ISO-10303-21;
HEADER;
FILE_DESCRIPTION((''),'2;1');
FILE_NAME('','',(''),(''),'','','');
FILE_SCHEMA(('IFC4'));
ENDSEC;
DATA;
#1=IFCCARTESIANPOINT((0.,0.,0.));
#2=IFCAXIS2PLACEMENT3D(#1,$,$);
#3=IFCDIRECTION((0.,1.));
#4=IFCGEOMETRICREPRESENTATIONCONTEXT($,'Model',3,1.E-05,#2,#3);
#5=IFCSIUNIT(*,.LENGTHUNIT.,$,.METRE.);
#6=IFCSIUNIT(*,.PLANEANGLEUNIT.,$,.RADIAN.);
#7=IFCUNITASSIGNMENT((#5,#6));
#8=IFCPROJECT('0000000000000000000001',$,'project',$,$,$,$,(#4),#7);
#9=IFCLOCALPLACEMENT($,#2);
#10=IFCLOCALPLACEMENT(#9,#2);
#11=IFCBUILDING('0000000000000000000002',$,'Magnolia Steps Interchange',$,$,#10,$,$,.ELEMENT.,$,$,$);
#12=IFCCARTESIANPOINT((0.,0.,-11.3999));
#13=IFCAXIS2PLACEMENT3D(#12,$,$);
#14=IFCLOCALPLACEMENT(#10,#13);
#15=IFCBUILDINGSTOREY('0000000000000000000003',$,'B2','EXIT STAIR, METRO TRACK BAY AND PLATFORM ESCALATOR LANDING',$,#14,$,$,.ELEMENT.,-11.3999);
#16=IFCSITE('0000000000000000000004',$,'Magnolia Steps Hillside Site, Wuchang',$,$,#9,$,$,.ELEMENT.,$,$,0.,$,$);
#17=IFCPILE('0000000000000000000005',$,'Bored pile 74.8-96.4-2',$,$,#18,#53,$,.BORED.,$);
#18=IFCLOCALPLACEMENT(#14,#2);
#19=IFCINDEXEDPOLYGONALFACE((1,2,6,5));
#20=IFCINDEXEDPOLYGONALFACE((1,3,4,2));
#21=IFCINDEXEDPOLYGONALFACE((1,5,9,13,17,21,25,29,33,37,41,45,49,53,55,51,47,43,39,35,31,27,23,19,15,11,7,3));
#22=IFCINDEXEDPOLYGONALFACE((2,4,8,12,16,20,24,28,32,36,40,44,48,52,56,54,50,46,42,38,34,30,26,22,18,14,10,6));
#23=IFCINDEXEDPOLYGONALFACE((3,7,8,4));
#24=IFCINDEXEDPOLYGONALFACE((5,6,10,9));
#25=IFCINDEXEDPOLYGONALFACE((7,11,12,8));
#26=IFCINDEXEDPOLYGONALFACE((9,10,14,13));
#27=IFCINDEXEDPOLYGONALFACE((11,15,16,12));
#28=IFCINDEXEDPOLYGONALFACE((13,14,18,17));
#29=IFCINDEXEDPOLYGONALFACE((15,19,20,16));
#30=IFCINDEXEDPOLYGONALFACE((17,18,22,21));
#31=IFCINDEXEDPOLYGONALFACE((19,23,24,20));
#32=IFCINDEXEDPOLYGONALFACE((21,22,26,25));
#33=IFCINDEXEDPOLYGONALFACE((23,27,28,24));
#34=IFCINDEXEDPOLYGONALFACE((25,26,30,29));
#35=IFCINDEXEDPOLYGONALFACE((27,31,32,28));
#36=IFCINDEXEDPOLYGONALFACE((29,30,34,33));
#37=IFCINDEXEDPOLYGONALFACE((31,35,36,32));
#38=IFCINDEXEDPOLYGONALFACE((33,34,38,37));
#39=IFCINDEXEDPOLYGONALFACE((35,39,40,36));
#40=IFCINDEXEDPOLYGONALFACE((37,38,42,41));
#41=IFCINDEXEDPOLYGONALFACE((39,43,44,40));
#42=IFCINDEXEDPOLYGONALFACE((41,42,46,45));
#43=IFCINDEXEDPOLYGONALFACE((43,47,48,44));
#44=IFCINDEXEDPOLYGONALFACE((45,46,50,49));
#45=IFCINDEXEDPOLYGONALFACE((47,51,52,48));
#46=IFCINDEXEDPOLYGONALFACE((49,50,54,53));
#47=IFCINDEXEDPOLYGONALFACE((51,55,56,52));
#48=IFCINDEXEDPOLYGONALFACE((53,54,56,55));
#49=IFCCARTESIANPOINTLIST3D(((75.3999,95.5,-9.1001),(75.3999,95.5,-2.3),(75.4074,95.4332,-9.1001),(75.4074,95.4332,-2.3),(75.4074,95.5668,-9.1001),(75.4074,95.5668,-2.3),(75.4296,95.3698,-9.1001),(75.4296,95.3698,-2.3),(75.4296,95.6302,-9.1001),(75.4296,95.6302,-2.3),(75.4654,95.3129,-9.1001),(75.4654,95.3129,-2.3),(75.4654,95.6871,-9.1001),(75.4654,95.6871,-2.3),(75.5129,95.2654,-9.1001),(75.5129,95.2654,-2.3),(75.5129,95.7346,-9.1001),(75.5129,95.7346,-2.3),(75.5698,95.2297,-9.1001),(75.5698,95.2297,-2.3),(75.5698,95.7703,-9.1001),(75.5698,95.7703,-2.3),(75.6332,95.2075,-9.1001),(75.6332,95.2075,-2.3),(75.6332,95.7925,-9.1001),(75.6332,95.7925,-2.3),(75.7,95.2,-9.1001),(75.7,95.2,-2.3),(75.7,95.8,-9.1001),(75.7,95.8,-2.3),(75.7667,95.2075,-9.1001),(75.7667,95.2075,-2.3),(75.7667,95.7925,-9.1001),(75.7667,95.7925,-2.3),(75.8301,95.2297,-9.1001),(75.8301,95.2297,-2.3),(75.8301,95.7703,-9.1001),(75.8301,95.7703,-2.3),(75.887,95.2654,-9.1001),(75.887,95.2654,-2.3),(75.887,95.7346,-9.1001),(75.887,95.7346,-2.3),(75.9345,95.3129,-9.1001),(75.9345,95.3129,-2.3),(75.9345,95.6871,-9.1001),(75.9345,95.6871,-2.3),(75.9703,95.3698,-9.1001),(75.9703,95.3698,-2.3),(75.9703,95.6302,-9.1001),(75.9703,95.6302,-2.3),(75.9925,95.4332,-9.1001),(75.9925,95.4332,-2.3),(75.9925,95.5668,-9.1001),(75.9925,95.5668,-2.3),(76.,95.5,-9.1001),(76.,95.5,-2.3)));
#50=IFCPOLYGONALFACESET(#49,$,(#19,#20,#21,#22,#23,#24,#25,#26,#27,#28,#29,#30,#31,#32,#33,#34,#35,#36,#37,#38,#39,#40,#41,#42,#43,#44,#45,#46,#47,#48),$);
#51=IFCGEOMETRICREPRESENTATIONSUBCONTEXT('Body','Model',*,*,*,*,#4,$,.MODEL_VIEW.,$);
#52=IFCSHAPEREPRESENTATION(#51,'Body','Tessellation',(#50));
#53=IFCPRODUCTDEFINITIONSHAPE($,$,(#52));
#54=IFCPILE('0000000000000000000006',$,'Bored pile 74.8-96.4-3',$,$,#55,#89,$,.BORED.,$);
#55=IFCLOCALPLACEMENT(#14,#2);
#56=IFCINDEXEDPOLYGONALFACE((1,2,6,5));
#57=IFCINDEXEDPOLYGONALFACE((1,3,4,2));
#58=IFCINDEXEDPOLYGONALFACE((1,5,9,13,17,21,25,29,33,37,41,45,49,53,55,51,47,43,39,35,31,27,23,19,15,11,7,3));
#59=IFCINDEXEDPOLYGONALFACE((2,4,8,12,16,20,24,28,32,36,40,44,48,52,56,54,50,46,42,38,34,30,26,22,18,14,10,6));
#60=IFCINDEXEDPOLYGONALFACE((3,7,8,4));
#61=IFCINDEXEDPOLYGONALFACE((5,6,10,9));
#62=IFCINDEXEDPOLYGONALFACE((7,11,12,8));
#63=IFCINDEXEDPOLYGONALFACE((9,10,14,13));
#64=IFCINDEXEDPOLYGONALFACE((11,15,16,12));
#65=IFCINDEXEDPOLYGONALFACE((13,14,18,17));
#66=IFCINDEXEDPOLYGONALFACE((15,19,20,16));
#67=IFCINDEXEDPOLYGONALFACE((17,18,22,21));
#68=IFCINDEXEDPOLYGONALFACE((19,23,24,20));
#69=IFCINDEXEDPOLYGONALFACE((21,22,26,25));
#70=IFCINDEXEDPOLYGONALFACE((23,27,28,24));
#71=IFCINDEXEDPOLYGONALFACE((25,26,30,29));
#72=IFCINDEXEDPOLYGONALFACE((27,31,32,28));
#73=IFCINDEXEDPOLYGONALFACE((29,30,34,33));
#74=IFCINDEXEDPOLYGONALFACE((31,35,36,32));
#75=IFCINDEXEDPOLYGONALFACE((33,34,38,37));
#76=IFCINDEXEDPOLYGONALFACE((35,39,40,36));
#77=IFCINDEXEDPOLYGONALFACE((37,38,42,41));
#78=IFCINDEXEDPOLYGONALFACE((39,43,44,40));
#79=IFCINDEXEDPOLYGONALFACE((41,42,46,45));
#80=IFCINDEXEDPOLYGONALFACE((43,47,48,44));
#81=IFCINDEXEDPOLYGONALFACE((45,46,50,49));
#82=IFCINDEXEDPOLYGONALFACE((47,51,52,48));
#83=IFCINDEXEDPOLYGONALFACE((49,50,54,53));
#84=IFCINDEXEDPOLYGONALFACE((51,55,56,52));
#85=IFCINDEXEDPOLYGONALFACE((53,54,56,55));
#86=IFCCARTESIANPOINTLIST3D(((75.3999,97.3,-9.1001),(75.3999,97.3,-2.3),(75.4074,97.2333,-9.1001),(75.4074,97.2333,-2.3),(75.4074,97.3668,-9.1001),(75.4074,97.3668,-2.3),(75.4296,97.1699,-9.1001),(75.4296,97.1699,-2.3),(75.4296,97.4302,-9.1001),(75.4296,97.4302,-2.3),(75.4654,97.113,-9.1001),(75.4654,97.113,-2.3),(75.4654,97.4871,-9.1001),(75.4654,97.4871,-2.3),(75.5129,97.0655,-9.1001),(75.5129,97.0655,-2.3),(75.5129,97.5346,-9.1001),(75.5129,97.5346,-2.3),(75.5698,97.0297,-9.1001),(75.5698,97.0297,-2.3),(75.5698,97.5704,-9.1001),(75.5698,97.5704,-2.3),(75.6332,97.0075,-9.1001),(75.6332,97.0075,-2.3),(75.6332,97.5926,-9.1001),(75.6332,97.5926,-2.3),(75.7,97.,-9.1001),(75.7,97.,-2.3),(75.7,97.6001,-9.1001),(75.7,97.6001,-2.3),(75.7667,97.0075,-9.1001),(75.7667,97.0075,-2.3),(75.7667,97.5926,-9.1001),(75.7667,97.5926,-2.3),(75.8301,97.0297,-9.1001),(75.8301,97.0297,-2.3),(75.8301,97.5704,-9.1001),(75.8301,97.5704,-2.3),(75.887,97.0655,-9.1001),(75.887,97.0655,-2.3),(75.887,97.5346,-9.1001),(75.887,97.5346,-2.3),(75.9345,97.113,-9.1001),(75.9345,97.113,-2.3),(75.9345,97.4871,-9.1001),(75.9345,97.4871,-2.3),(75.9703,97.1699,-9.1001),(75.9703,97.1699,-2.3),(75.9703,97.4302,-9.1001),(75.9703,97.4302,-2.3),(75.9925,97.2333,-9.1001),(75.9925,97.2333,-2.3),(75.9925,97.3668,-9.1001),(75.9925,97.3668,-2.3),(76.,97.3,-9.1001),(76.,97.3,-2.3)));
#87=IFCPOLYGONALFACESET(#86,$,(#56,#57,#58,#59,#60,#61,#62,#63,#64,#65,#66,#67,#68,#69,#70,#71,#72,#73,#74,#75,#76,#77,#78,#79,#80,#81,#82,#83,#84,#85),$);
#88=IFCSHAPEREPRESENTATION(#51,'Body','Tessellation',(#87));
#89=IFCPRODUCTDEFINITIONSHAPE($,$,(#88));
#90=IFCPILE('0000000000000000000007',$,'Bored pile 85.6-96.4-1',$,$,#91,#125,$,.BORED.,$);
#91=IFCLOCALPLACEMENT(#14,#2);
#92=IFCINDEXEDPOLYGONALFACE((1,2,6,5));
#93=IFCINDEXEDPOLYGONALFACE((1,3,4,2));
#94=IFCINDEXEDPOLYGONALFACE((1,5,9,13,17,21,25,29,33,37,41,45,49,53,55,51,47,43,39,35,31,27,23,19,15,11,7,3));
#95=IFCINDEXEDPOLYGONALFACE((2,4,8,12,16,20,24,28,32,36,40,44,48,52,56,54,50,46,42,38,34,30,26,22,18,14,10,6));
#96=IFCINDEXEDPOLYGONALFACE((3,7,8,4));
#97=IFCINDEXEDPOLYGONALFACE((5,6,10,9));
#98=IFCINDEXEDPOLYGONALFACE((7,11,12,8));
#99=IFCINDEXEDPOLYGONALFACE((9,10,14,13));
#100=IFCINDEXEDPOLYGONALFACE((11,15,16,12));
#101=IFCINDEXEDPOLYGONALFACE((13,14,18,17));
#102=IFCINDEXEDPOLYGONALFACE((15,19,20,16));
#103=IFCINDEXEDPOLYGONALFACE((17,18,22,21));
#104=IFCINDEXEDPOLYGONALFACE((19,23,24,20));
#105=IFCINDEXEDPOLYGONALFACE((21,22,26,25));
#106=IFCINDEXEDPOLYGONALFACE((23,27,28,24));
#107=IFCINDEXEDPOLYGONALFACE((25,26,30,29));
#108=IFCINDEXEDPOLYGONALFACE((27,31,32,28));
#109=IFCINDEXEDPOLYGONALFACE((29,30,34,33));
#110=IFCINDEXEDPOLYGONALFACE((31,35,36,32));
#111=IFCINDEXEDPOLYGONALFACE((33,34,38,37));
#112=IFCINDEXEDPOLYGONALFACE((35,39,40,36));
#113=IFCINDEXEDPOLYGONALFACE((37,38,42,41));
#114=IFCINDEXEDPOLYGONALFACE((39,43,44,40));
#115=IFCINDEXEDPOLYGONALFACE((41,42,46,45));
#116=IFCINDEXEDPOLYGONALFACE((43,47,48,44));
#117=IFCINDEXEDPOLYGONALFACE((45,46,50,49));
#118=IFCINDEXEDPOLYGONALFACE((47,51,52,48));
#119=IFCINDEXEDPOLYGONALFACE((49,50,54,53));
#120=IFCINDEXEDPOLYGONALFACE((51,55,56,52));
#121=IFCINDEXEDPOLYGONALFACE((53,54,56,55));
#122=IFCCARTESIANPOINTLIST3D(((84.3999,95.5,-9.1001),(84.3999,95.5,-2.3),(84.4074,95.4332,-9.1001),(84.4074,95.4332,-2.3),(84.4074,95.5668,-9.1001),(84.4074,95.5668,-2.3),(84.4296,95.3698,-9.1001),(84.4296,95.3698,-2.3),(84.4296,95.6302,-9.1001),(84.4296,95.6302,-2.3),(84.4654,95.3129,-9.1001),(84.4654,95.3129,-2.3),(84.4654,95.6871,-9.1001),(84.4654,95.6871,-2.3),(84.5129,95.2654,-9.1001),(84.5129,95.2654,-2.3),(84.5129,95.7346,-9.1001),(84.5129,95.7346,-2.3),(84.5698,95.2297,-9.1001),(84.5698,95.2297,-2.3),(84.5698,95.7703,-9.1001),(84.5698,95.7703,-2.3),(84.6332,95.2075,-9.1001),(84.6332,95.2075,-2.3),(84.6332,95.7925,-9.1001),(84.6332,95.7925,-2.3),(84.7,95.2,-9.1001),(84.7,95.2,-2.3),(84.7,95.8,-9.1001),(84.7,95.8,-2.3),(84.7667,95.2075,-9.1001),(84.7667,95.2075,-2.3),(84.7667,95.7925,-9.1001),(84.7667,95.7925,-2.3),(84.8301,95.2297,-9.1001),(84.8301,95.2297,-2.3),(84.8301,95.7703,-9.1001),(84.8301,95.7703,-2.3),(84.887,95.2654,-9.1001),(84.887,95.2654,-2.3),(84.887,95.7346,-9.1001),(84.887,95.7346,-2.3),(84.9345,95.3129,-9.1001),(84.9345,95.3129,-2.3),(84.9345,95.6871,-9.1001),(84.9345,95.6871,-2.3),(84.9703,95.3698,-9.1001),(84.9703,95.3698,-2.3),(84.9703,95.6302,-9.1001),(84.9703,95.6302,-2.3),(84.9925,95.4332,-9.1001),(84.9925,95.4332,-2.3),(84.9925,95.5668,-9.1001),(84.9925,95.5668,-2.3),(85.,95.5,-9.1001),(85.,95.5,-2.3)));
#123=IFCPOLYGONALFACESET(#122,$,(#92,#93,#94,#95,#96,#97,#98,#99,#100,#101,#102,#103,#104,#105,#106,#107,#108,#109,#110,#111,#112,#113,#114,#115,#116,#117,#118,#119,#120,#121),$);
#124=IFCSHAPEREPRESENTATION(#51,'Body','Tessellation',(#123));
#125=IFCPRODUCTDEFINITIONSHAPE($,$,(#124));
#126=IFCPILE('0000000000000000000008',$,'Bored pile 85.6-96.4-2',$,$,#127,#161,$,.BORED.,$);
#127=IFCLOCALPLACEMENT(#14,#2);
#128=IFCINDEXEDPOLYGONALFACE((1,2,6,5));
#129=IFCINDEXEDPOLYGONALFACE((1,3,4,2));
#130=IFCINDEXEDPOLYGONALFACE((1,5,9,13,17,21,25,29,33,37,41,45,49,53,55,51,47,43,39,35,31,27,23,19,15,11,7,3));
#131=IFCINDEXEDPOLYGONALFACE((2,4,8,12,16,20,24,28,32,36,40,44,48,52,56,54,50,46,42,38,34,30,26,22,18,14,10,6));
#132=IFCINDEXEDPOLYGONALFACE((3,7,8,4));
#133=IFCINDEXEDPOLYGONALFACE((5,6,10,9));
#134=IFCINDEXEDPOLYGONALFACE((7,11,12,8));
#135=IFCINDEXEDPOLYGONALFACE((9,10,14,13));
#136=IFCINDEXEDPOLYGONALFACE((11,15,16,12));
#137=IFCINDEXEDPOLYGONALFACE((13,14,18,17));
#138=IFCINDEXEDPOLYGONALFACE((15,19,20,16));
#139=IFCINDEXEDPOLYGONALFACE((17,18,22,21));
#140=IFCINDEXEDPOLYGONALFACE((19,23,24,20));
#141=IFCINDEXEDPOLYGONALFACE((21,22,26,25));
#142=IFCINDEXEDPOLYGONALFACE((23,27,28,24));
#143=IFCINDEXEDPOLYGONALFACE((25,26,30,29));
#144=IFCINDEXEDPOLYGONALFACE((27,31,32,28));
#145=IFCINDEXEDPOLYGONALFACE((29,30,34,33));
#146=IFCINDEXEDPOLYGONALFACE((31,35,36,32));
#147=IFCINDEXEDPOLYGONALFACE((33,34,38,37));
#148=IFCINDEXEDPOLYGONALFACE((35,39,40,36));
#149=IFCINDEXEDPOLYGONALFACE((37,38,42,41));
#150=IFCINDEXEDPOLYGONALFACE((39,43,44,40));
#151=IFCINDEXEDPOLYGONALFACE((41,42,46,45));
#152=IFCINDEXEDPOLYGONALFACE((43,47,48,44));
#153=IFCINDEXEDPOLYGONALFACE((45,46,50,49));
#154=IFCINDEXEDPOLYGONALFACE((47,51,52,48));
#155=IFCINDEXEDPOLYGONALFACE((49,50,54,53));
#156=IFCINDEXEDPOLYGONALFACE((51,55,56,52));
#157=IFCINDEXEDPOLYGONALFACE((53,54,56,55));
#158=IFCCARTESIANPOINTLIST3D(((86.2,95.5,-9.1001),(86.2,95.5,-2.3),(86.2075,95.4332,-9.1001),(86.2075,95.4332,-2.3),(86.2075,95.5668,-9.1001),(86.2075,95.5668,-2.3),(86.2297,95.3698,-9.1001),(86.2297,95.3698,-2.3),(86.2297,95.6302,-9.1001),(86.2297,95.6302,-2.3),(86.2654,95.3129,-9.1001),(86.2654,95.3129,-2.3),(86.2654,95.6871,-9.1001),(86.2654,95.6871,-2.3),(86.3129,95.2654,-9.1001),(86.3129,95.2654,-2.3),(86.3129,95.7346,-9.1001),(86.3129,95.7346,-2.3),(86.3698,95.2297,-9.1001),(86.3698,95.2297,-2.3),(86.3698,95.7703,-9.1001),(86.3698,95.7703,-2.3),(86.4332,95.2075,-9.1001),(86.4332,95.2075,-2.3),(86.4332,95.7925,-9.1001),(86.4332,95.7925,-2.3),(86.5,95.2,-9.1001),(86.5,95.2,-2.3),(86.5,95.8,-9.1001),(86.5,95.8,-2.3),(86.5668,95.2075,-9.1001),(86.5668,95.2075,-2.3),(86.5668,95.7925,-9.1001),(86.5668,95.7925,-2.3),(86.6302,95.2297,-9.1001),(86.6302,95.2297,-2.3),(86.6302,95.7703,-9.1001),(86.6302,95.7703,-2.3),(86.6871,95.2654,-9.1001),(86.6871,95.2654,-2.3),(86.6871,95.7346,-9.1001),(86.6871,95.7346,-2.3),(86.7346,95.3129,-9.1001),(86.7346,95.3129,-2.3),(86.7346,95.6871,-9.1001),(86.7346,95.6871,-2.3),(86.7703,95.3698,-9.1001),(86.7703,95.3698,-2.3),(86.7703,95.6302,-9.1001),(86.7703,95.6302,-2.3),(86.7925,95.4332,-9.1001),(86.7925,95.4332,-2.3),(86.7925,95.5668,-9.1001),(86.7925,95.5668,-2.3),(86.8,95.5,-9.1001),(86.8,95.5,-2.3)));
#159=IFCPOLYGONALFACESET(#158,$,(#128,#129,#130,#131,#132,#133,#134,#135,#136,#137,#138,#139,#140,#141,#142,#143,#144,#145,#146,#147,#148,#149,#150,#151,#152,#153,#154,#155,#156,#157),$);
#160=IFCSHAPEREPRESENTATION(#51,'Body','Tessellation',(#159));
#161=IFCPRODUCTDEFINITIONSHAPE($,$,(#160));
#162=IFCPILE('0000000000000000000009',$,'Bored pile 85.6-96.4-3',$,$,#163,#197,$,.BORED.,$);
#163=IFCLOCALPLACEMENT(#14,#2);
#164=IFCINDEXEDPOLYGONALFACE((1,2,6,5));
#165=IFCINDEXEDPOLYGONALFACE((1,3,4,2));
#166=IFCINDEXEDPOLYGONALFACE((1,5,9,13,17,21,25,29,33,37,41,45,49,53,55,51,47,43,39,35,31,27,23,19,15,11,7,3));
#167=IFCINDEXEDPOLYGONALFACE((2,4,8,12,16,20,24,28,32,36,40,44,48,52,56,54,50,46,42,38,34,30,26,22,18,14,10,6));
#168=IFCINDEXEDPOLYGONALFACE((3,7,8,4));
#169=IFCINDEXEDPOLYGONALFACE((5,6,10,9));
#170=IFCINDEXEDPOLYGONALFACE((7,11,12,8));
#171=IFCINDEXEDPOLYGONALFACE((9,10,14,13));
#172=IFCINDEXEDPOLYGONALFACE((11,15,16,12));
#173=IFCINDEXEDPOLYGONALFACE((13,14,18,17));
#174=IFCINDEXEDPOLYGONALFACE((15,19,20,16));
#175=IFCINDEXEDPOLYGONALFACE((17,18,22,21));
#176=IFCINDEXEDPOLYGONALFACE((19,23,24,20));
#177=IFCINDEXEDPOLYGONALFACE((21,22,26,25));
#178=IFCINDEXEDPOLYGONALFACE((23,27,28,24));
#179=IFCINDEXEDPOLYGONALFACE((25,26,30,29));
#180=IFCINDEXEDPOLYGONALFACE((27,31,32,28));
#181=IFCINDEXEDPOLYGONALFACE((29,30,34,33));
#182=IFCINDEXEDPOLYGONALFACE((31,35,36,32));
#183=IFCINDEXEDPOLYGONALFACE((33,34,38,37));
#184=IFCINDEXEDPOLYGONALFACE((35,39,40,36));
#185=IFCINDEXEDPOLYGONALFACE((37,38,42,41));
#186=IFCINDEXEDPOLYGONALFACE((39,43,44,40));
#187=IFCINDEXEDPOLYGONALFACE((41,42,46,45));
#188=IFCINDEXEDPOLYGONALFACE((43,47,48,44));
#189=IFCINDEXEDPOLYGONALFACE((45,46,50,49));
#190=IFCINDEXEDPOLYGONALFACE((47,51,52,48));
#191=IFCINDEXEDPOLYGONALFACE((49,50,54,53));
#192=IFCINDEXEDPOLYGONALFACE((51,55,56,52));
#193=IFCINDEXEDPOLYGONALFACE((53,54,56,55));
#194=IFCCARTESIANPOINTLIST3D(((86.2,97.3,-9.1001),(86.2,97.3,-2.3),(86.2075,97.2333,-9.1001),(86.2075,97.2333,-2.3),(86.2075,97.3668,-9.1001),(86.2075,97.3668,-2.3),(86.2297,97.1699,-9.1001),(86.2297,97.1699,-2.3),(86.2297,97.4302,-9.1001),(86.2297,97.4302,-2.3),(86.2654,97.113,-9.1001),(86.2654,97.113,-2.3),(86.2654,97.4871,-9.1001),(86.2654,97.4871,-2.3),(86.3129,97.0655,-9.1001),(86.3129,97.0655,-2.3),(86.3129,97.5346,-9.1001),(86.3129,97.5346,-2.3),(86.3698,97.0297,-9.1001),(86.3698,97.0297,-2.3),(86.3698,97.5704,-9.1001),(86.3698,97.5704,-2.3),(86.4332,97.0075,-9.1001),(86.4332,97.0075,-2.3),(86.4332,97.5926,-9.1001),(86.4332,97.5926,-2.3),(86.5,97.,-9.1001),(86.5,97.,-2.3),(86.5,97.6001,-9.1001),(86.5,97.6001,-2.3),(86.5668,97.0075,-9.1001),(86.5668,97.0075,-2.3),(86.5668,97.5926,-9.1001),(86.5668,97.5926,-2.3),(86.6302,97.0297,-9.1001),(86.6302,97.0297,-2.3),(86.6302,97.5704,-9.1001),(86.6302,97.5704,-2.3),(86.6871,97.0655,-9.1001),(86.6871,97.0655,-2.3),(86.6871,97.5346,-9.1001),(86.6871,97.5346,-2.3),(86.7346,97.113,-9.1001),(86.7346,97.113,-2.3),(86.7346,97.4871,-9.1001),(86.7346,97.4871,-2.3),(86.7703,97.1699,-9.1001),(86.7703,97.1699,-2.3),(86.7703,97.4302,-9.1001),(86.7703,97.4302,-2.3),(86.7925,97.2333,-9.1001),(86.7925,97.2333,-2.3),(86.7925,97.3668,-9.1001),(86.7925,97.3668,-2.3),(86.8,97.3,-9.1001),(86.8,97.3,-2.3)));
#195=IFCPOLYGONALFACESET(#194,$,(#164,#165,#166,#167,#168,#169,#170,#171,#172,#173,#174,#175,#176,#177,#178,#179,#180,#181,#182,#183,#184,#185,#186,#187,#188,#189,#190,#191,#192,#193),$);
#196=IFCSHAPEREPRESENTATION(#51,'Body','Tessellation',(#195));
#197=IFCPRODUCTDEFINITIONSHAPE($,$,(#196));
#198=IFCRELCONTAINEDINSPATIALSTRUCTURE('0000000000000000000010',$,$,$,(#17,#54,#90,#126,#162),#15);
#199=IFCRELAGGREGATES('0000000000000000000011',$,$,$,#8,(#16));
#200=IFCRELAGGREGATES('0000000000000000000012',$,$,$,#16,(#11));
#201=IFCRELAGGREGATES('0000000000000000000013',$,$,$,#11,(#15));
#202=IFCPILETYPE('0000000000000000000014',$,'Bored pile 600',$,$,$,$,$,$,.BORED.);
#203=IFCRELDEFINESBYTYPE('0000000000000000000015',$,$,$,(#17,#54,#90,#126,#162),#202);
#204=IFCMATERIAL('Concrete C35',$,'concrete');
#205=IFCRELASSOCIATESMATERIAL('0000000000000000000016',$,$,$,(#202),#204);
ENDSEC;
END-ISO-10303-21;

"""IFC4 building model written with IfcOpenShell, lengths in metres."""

from ifc_helpers import new_model, si_unit, direction, frame, origin, origin_2d, place, context, subcontext, project, spatial, circle, extrude, material, material_profile, profile_set, type_object, element, save


model = new_model("IFC4")

# Units and contexts
model_context = context("Model", 3, precision=1e-05, world=origin(), true_north=direction((0.0, 1.0)))
body_context = subcontext(model_context, "Body", "Model", "MODEL_VIEW")
ifc_project = project(units=[si_unit("LENGTHUNIT", "METRE"), si_unit("PLANEANGLEUNIT", "RADIAN")], contexts=[model_context])

# Site, building, storey
site_placement = place(None, origin())
site = spatial("IfcSite", under=ifc_project, at=site_placement, Name="Magnolia Steps Hillside Site, Wuchang", CompositionType="ELEMENT", RefElevation=0.0)
building_placement = place(site_placement, origin())
building = spatial("IfcBuilding", under=site, at=building_placement, Name="Magnolia Steps Interchange", CompositionType="ELEMENT")
storey_placement = place(building_placement, frame((0.0, 0.0, -11.3999)))
storey = spatial("IfcBuildingStorey", under=building, at=storey_placement, Name="B2", Description="EXIT STAIR, METRO TRACK BAY AND PLATFORM ESCALATOR LANDING", CompositionType="ELEMENT", Elevation=-11.3999)

# Piles
ifc_material_1 = material(Name="Concrete C35", Category="concrete")
ifc_material_profile_1 = material_profile(ifc_material_1, circle(Radius=0.3, at=origin_2d()), Name="Bored pile 600")
ifc_profile_set_1 = profile_set([ifc_material_profile_1], Name="Concrete C35")
pile_type_1 = type_object("IfcPileType", Name="Bored pile 600", PredefinedType="BORED", material=ifc_profile_set_1)
for number, where, z_axis, x_axis, name in (
    (1, (75.7, 95.5, -2.3), (0.0, 0.0, -1.0), (1.0, 0.0, 0.0), "Bored pile 74.8-96.4-2"),
    (2, (75.7, 97.3, -2.3), (0.0, 0.0, -1.0), (1.0, 0.0, 0.0), "Bored pile 74.8-96.4-3"),
    (3, (84.7, 95.5, -2.3), (0.0, 0.0, -1.0), (1.0, 0.0, 0.0), "Bored pile 85.6-96.4-1"),
    (4, (86.5, 95.5, -2.3), (0.0, 0.0, -1.0), (1.0, 0.0, 0.0), "Bored pile 85.6-96.4-2"),
    (5, (86.5, 97.3, -2.3), (0.0, 0.0, -1.0), (1.0, 0.0, 0.0), "Bored pile 85.6-96.4-3"),
):
    element("IfcPile", number, at=place(storey_placement, frame(where, z_axis=z_axis, x_axis=x_axis)), inside=storey, type_object=pile_type_1, Name=name, PredefinedType="BORED", context=body_context, shape_type="SweptSolid", body=[
        extrude(circle(Radius=0.3, at=origin_2d()), origin(), (0.0, 0.0, 1.0), 6.8),
    ])

save(model, "model.ifc")
